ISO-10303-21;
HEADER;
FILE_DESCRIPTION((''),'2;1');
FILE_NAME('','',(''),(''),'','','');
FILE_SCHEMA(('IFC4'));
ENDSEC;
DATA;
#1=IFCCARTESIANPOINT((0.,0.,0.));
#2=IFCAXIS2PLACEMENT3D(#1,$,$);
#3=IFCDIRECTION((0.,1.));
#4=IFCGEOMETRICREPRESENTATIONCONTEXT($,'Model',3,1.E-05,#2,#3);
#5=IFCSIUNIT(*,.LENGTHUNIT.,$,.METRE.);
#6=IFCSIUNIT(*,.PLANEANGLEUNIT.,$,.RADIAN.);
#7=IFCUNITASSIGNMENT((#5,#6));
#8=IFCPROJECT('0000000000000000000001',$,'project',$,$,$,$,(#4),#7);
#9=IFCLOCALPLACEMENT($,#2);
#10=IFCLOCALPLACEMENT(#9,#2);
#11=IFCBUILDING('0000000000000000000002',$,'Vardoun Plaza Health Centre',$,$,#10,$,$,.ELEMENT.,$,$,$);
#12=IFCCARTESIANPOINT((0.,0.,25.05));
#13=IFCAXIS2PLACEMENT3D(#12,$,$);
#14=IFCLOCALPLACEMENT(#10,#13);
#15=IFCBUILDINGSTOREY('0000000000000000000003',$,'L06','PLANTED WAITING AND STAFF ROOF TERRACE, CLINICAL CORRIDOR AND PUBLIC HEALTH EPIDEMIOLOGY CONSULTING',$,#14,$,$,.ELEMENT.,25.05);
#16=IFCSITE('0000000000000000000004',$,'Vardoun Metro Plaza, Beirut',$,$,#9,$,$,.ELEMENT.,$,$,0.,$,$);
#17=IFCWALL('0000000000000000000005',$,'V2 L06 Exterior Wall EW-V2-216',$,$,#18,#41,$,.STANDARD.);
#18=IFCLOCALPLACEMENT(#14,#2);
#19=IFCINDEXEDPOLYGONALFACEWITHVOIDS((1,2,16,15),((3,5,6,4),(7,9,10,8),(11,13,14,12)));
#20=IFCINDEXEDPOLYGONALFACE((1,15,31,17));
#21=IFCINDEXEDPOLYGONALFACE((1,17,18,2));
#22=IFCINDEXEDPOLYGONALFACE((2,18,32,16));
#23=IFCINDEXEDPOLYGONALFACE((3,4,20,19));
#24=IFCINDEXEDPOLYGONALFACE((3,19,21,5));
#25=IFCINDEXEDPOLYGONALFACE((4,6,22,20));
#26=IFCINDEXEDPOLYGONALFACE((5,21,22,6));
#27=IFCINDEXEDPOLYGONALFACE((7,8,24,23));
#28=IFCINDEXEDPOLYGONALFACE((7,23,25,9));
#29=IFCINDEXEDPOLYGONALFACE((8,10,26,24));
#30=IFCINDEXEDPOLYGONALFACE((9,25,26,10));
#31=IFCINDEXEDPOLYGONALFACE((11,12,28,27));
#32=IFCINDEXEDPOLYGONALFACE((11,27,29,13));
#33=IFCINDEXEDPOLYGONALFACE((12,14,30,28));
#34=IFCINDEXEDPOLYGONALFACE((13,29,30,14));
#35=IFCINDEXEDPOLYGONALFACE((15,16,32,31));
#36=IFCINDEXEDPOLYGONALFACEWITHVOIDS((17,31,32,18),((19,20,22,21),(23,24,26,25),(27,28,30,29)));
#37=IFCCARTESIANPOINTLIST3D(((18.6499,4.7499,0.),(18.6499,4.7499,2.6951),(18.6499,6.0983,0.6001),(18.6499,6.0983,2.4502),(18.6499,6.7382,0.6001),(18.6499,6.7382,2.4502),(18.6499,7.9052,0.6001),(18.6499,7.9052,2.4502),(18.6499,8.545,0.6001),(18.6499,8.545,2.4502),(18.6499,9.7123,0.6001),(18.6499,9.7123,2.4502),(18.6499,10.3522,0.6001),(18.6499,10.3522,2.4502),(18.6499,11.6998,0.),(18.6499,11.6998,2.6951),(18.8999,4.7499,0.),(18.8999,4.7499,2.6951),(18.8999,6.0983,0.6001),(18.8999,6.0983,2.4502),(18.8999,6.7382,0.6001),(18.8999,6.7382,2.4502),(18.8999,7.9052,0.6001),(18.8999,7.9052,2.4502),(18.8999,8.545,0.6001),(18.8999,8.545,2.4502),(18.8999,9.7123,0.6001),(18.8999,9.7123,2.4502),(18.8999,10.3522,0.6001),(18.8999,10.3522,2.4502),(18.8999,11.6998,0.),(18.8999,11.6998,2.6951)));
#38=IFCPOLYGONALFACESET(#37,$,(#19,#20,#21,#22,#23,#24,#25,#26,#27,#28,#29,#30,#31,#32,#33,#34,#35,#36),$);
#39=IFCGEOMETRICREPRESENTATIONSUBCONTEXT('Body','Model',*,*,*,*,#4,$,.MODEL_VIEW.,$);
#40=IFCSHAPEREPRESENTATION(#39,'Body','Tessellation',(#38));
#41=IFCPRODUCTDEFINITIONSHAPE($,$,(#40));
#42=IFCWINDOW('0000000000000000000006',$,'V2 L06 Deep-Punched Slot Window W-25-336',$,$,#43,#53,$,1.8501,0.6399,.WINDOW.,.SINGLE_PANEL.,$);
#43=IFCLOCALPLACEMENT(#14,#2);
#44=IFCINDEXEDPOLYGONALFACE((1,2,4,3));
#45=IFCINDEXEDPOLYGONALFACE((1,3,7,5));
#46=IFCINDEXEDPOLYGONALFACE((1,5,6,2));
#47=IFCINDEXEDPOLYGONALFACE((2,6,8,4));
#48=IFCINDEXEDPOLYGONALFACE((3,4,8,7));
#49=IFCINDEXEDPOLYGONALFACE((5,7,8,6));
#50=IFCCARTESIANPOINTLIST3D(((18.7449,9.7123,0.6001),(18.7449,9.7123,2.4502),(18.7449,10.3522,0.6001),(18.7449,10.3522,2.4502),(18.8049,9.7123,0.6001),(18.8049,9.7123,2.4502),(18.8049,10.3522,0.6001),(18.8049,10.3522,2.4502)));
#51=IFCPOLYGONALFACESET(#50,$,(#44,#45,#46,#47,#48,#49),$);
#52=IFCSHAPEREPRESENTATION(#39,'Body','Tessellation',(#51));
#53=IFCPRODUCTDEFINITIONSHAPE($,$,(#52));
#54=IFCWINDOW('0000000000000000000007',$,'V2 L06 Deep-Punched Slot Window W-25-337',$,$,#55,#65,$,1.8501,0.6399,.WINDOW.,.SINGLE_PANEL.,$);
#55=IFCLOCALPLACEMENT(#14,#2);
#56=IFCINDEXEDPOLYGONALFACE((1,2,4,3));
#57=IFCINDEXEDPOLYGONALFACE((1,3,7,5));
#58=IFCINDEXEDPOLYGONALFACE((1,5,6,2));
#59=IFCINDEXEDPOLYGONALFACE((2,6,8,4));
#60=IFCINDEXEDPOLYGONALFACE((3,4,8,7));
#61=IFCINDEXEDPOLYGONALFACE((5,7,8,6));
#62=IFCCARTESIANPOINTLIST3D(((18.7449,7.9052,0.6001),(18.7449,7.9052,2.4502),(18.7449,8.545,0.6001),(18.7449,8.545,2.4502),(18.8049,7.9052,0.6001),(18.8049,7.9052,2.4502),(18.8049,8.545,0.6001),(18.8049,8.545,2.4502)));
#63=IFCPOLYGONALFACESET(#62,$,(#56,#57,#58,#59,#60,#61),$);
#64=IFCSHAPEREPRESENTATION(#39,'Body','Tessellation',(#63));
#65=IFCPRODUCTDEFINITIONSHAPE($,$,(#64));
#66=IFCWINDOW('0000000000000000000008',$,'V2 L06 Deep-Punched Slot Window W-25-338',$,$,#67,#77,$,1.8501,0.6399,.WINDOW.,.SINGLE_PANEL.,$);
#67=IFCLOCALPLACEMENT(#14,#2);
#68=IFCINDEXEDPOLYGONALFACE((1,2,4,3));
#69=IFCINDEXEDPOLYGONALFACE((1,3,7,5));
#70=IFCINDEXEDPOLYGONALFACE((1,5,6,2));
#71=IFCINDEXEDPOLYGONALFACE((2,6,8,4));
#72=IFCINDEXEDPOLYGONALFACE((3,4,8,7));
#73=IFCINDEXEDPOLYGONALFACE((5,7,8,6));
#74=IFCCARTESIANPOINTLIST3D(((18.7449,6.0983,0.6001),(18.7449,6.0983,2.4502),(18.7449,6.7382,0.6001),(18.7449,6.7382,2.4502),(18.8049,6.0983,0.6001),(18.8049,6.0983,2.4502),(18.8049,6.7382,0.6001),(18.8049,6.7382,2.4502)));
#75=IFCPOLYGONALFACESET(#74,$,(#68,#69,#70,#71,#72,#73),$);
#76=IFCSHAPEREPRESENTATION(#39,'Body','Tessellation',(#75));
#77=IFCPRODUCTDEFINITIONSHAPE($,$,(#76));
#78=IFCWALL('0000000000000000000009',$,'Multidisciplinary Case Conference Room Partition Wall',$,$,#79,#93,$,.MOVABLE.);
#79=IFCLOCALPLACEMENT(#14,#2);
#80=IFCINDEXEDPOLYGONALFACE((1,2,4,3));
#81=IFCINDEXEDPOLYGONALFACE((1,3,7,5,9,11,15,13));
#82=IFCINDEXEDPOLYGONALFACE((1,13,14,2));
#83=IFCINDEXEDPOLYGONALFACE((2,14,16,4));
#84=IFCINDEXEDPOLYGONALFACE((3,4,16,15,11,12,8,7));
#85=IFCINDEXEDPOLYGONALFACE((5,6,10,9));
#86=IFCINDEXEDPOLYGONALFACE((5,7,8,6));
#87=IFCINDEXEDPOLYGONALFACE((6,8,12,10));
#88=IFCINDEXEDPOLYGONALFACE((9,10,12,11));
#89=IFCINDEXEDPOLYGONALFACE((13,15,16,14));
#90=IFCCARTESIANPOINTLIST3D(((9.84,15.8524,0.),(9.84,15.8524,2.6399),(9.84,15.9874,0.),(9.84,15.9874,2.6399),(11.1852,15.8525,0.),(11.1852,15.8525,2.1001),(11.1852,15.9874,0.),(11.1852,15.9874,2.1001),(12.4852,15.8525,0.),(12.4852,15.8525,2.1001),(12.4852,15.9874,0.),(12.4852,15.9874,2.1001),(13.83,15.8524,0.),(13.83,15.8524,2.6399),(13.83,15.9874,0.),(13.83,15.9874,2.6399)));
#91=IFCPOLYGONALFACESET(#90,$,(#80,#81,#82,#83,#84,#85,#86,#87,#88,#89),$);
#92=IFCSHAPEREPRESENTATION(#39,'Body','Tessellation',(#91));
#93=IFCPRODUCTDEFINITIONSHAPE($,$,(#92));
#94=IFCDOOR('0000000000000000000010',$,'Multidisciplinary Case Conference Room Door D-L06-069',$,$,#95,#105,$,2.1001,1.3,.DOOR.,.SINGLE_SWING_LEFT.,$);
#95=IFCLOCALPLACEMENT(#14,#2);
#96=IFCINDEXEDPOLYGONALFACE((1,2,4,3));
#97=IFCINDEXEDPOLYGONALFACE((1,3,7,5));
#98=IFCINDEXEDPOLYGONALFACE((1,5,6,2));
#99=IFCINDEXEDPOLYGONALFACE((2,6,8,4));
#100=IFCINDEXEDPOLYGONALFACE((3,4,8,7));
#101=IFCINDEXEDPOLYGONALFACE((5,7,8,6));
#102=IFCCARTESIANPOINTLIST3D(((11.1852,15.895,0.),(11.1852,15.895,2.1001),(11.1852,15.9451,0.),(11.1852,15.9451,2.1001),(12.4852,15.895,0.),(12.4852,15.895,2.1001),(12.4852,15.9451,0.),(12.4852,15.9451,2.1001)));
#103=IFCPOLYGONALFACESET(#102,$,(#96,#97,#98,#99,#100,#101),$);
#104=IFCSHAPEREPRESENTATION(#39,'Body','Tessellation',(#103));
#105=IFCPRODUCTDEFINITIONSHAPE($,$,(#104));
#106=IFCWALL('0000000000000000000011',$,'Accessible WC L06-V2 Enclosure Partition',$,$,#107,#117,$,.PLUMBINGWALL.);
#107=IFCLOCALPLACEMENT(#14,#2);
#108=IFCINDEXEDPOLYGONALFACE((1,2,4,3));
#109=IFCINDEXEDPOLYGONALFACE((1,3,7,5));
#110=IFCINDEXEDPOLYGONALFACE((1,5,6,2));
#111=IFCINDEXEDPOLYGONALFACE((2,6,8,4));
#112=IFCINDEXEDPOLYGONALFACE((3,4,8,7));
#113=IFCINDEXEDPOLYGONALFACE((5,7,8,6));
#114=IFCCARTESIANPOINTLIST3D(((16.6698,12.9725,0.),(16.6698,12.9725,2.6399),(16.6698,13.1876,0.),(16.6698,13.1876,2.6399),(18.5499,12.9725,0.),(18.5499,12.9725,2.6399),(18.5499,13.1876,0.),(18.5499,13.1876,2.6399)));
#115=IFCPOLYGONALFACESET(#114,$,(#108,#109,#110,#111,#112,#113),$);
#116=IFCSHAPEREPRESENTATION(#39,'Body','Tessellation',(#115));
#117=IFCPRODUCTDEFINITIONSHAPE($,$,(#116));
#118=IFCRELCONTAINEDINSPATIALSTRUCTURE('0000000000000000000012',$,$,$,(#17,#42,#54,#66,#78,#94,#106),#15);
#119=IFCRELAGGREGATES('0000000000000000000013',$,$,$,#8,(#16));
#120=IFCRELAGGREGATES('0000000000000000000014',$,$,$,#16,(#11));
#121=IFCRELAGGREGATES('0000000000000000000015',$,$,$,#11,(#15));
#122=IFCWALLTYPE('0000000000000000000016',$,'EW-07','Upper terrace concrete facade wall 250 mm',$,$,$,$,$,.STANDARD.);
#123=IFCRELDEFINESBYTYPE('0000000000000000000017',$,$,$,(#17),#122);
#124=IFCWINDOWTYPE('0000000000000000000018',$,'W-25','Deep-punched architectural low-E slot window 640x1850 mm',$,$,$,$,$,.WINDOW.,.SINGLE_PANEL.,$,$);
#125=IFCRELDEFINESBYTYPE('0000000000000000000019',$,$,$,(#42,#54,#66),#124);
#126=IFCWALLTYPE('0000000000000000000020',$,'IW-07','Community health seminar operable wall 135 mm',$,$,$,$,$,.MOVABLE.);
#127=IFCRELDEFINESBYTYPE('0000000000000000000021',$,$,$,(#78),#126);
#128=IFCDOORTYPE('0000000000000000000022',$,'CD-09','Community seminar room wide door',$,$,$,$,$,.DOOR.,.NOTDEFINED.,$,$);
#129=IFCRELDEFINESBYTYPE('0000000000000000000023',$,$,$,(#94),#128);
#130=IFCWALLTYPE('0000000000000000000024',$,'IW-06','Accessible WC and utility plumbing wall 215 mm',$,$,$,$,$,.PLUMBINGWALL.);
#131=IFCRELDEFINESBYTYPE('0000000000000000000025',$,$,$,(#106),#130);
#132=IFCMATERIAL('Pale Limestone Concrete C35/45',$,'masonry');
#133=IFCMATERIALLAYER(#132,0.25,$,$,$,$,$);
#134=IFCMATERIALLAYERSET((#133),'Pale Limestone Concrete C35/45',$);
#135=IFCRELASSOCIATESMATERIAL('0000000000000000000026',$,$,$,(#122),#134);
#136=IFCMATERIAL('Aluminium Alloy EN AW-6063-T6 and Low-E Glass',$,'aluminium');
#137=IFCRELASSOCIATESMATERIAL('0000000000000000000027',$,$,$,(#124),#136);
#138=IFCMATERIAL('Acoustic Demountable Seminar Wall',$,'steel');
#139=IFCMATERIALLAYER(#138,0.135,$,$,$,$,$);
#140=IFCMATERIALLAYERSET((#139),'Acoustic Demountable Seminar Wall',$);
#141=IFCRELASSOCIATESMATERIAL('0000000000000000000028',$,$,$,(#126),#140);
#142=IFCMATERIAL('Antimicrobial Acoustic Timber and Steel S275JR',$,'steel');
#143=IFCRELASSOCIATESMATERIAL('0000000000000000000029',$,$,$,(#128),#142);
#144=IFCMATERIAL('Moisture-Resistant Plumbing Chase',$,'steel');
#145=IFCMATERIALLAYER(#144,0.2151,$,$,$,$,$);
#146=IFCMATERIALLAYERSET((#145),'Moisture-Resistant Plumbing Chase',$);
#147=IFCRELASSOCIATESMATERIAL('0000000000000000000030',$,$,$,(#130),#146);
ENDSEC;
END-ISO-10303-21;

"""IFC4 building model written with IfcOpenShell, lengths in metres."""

from ifc_helpers import new_model, si_unit, direction, frame, frame_2d, origin, place, context, subcontext, project, spatial, rectangle, extrude, material, layer, layer_set, type_object, element, fill, save


model = new_model("IFC4")

# Units and contexts
model_context = context("Model", 3, precision=1e-05, world=origin(), true_north=direction((0.0, 1.0)))
body_context = subcontext(model_context, "Body", "Model", "MODEL_VIEW")
ifc_project = project(units=[si_unit("LENGTHUNIT", "METRE"), si_unit("PLANEANGLEUNIT", "RADIAN")], contexts=[model_context])

# Site, building, storey
site_placement = place(None, origin())
site = spatial("IfcSite", under=ifc_project, at=site_placement, Name="Vardoun Metro Plaza, Beirut", CompositionType="ELEMENT", RefElevation=0.0)
building_placement = place(site_placement, origin())
building = spatial("IfcBuilding", under=site, at=building_placement, Name="Vardoun Plaza Health Centre", CompositionType="ELEMENT")
storey_placement = place(building_placement, frame((0.0, 0.0, 25.05)))
storey = spatial("IfcBuildingStorey", under=building, at=storey_placement, Name="L06", Description="PLANTED WAITING AND STAFF ROOF TERRACE, CLINICAL CORRIDOR AND PUBLIC HEALTH EPIDEMIOLOGY CONSULTING", CompositionType="ELEMENT", Elevation=25.05)

# Wall, openings, windows
ifc_material_1 = material(Name="Pale Limestone Concrete C35/45", Category="masonry")
ifc_layer_1 = layer(ifc_material_1, 0.25)
ifc_layer_set_1 = layer_set([ifc_layer_1], Name="Pale Limestone Concrete C35/45")
wall_type_1 = type_object("IfcWallType", Name="EW-07", Description="Upper terrace concrete facade wall 250 mm", PredefinedType="STANDARD", material=ifc_layer_set_1)
wall_1_placement = place(storey_placement, frame((18.7749, 11.7, 0.0), z_axis=(0.0, 0.0, 1.0), x_axis=(0.0, -1.0, 0.0)))
wall_1 = element("IfcWall", 1, at=wall_1_placement, inside=storey, type_object=wall_type_1, Name="V2 L06 Exterior Wall EW-V2-216", PredefinedType="STANDARD", context=body_context, shape_type="SweptSolid", body=[
    extrude(rectangle(XDim=6.95, YDim=0.25, at=frame_2d((3.4751, 0.0))), origin(), (0.0, 0.0, 1.0), 2.6951),
])
opening_1_placement = place(wall_1_placement, frame((1.3479, 0.0, 0.6001)))
opening_1 = element("IfcOpeningElement", 2, at=opening_1_placement, cuts=wall_1, PredefinedType="OPENING", context=body_context, shape_type="SweptSolid", body=[
    extrude(rectangle(XDim=0.6399, YDim=1.8501, at=frame_2d((0.3198, 0.925))), frame((0.0, 0.125, 0.0), z_axis=(0.0, -1.0, 0.0), x_axis=(1.0, 0.0, 0.0)), (0.0, 0.0, 1.0), 0.25),
])
opening_2_placement = place(wall_1_placement, frame((3.155, 0.0, 0.6001)))
opening_2 = element("IfcOpeningElement", 3, at=opening_2_placement, cuts=wall_1, PredefinedType="OPENING", context=body_context, shape_type="SweptSolid", body=[
    extrude(rectangle(XDim=0.6399, YDim=1.8501, at=frame_2d((0.3198, 0.925))), frame((0.0, 0.125, 0.0), z_axis=(0.0, -1.0, 0.0), x_axis=(1.0, 0.0, 0.0)), (0.0, 0.0, 1.0), 0.25),
])
opening_3_placement = place(wall_1_placement, frame((4.9619, 0.0, 0.6001)))
opening_3 = element("IfcOpeningElement", 4, at=opening_3_placement, cuts=wall_1, PredefinedType="OPENING", context=body_context, shape_type="SweptSolid", body=[
    extrude(rectangle(XDim=0.6399, YDim=1.8501, at=frame_2d((0.3198, 0.925))), frame((0.0, 0.125, 0.0), z_axis=(0.0, -1.0, 0.0), x_axis=(1.0, 0.0, 0.0)), (0.0, 0.0, 1.0), 0.25),
])
ifc_material_2 = material(Name="Aluminium Alloy EN AW-6063-T6 and Low-E Glass", Category="aluminium")
window_type = type_object("IfcWindowType", Name="W-25", Description="Deep-punched architectural low-E slot window 640x1850 mm", PartitioningType="SINGLE_PANEL", PredefinedType="WINDOW", material=ifc_material_2)
window_1_placement = place(opening_1_placement, origin())
window_1 = element("IfcWindow", 5, at=window_1_placement, inside=storey, type_object=window_type, Name="V2 L06 Deep-Punched Slot Window W-25-336", OverallHeight=1.8501, OverallWidth=0.6399, PartitioningType="SINGLE_PANEL", PredefinedType="WINDOW", context=body_context, shape_type="SweptSolid", body=[
    extrude(rectangle(XDim=0.6399, YDim=1.8501, at=frame_2d((0.3198, 0.925))), frame((0.0, 0.03, 0.0), z_axis=(0.0, -1.0, 0.0), x_axis=(1.0, 0.0, 0.0)), (0.0, 0.0, 1.0), 0.0601),
])
fill(opening_1, window_1)
window_2_placement = place(opening_2_placement, origin())
window_2 = element("IfcWindow", 6, at=window_2_placement, inside=storey, type_object=window_type, Name="V2 L06 Deep-Punched Slot Window W-25-337", OverallHeight=1.8501, OverallWidth=0.6399, PartitioningType="SINGLE_PANEL", PredefinedType="WINDOW", context=body_context, shape_type="SweptSolid", body=[
    extrude(rectangle(XDim=0.6399, YDim=1.8501, at=frame_2d((0.3198, 0.925))), frame((0.0, 0.03, 0.0), z_axis=(0.0, -1.0, 0.0), x_axis=(1.0, 0.0, 0.0)), (0.0, 0.0, 1.0), 0.0601),
])
fill(opening_2, window_2)
window_3_placement = place(opening_3_placement, origin())
window_3 = element("IfcWindow", 7, at=window_3_placement, inside=storey, type_object=window_type, Name="V2 L06 Deep-Punched Slot Window W-25-338", OverallHeight=1.8501, OverallWidth=0.6399, PartitioningType="SINGLE_PANEL", PredefinedType="WINDOW", context=body_context, shape_type="SweptSolid", body=[
    extrude(rectangle(XDim=0.6399, YDim=1.8501, at=frame_2d((0.3198, 0.925))), frame((0.0, 0.03, 0.0), z_axis=(0.0, -1.0, 0.0), x_axis=(1.0, 0.0, 0.0)), (0.0, 0.0, 1.0), 0.0601),
])
fill(opening_3, window_3)

# Wall, opening, door
ifc_material_3 = material(Name="Acoustic Demountable Seminar Wall", Category="steel")
ifc_layer_2 = layer(ifc_material_3, 0.135)
ifc_layer_set_2 = layer_set([ifc_layer_2], Name="Acoustic Demountable Seminar Wall")
wall_type_2 = type_object("IfcWallType", Name="IW-07", Description="Community health seminar operable wall 135 mm", PredefinedType="MOVABLE", material=ifc_layer_set_2)
wall_2_placement = place(storey_placement, frame((13.8301, 15.9199, 0.0), z_axis=(0.0, 0.0, 1.0), x_axis=(-1.0, 0.0, 0.0)))
wall_2 = element("IfcWall", 8, at=wall_2_placement, inside=storey, type_object=wall_type_2, Name="Multidisciplinary Case Conference Room Partition Wall", PredefinedType="MOVABLE", context=body_context, shape_type="SweptSolid", body=[
    extrude(rectangle(XDim=3.99, YDim=0.135, at=frame_2d((1.9951, 0.0))), origin(), (0.0, 0.0, 1.0), 2.6399),
])
opening_4_placement = place(wall_2_placement, frame((1.345, 0.0, 0.0)))
opening_4 = element("IfcOpeningElement", 9, at=opening_4_placement, cuts=wall_2, PredefinedType="OPENING", context=body_context, shape_type="SweptSolid", body=[
    extrude(rectangle(XDim=1.3, YDim=2.1001, at=frame_2d((0.6499, 1.05))), frame((0.0, 0.0674, 0.0), z_axis=(0.0, -1.0, 0.0), x_axis=(1.0, 0.0, 0.0)), (0.0, 0.0, 1.0), 0.135),
])
ifc_material_4 = material(Name="Antimicrobial Acoustic Timber and Steel S275JR", Category="steel")
door_type_1 = type_object("IfcDoorType", Name="CD-09", Description="Community seminar room wide door", OperationType="NOTDEFINED", PredefinedType="DOOR", material=ifc_material_4)
door_1_placement = place(opening_4_placement, origin())
door_1 = element("IfcDoor", 10, at=door_1_placement, inside=storey, type_object=door_type_1, Name="Multidisciplinary Case Conference Room Door D-L06-069", OperationType="SINGLE_SWING_LEFT", OverallHeight=2.1001, OverallWidth=1.3, PredefinedType="DOOR", context=body_context, shape_type="SweptSolid", body=[
    extrude(rectangle(XDim=1.3, YDim=2.1001, at=frame_2d((0.6499, 1.05))), frame((0.0, 0.0249, 0.0), z_axis=(0.0, -1.0, 0.0), x_axis=(1.0, 0.0, 0.0)), (0.0, 0.0, 1.0), 0.05),
])
fill(opening_4, door_1)

# Wall
ifc_material_5 = material(Name="Moisture-Resistant Plumbing Chase", Category="steel")
ifc_layer_3 = layer(ifc_material_5, 0.2151)
ifc_layer_set_3 = layer_set([ifc_layer_3], Name="Moisture-Resistant Plumbing Chase")
wall_type_3 = type_object("IfcWallType", Name="IW-06", Description="Accessible WC and utility plumbing wall 215 mm", PredefinedType="PLUMBINGWALL", material=ifc_layer_set_3)
wall_3_placement = place(storey_placement, frame((16.6699, 13.0801, 0.0), z_axis=(0.0, 0.0, 1.0), x_axis=(1.0, 0.0, 0.0)))
element("IfcWall", 11, at=wall_3_placement, inside=storey, type_object=wall_type_3, Name="Accessible WC L06-V2 Enclosure Partition", PredefinedType="PLUMBINGWALL", context=body_context, shape_type="SweptSolid", body=[
    extrude(rectangle(XDim=1.8801, YDim=0.2151, at=frame_2d((0.9399, 0.0))), origin(), (0.0, 0.0, 1.0), 2.6399),
])

save(model, "model.ifc")
